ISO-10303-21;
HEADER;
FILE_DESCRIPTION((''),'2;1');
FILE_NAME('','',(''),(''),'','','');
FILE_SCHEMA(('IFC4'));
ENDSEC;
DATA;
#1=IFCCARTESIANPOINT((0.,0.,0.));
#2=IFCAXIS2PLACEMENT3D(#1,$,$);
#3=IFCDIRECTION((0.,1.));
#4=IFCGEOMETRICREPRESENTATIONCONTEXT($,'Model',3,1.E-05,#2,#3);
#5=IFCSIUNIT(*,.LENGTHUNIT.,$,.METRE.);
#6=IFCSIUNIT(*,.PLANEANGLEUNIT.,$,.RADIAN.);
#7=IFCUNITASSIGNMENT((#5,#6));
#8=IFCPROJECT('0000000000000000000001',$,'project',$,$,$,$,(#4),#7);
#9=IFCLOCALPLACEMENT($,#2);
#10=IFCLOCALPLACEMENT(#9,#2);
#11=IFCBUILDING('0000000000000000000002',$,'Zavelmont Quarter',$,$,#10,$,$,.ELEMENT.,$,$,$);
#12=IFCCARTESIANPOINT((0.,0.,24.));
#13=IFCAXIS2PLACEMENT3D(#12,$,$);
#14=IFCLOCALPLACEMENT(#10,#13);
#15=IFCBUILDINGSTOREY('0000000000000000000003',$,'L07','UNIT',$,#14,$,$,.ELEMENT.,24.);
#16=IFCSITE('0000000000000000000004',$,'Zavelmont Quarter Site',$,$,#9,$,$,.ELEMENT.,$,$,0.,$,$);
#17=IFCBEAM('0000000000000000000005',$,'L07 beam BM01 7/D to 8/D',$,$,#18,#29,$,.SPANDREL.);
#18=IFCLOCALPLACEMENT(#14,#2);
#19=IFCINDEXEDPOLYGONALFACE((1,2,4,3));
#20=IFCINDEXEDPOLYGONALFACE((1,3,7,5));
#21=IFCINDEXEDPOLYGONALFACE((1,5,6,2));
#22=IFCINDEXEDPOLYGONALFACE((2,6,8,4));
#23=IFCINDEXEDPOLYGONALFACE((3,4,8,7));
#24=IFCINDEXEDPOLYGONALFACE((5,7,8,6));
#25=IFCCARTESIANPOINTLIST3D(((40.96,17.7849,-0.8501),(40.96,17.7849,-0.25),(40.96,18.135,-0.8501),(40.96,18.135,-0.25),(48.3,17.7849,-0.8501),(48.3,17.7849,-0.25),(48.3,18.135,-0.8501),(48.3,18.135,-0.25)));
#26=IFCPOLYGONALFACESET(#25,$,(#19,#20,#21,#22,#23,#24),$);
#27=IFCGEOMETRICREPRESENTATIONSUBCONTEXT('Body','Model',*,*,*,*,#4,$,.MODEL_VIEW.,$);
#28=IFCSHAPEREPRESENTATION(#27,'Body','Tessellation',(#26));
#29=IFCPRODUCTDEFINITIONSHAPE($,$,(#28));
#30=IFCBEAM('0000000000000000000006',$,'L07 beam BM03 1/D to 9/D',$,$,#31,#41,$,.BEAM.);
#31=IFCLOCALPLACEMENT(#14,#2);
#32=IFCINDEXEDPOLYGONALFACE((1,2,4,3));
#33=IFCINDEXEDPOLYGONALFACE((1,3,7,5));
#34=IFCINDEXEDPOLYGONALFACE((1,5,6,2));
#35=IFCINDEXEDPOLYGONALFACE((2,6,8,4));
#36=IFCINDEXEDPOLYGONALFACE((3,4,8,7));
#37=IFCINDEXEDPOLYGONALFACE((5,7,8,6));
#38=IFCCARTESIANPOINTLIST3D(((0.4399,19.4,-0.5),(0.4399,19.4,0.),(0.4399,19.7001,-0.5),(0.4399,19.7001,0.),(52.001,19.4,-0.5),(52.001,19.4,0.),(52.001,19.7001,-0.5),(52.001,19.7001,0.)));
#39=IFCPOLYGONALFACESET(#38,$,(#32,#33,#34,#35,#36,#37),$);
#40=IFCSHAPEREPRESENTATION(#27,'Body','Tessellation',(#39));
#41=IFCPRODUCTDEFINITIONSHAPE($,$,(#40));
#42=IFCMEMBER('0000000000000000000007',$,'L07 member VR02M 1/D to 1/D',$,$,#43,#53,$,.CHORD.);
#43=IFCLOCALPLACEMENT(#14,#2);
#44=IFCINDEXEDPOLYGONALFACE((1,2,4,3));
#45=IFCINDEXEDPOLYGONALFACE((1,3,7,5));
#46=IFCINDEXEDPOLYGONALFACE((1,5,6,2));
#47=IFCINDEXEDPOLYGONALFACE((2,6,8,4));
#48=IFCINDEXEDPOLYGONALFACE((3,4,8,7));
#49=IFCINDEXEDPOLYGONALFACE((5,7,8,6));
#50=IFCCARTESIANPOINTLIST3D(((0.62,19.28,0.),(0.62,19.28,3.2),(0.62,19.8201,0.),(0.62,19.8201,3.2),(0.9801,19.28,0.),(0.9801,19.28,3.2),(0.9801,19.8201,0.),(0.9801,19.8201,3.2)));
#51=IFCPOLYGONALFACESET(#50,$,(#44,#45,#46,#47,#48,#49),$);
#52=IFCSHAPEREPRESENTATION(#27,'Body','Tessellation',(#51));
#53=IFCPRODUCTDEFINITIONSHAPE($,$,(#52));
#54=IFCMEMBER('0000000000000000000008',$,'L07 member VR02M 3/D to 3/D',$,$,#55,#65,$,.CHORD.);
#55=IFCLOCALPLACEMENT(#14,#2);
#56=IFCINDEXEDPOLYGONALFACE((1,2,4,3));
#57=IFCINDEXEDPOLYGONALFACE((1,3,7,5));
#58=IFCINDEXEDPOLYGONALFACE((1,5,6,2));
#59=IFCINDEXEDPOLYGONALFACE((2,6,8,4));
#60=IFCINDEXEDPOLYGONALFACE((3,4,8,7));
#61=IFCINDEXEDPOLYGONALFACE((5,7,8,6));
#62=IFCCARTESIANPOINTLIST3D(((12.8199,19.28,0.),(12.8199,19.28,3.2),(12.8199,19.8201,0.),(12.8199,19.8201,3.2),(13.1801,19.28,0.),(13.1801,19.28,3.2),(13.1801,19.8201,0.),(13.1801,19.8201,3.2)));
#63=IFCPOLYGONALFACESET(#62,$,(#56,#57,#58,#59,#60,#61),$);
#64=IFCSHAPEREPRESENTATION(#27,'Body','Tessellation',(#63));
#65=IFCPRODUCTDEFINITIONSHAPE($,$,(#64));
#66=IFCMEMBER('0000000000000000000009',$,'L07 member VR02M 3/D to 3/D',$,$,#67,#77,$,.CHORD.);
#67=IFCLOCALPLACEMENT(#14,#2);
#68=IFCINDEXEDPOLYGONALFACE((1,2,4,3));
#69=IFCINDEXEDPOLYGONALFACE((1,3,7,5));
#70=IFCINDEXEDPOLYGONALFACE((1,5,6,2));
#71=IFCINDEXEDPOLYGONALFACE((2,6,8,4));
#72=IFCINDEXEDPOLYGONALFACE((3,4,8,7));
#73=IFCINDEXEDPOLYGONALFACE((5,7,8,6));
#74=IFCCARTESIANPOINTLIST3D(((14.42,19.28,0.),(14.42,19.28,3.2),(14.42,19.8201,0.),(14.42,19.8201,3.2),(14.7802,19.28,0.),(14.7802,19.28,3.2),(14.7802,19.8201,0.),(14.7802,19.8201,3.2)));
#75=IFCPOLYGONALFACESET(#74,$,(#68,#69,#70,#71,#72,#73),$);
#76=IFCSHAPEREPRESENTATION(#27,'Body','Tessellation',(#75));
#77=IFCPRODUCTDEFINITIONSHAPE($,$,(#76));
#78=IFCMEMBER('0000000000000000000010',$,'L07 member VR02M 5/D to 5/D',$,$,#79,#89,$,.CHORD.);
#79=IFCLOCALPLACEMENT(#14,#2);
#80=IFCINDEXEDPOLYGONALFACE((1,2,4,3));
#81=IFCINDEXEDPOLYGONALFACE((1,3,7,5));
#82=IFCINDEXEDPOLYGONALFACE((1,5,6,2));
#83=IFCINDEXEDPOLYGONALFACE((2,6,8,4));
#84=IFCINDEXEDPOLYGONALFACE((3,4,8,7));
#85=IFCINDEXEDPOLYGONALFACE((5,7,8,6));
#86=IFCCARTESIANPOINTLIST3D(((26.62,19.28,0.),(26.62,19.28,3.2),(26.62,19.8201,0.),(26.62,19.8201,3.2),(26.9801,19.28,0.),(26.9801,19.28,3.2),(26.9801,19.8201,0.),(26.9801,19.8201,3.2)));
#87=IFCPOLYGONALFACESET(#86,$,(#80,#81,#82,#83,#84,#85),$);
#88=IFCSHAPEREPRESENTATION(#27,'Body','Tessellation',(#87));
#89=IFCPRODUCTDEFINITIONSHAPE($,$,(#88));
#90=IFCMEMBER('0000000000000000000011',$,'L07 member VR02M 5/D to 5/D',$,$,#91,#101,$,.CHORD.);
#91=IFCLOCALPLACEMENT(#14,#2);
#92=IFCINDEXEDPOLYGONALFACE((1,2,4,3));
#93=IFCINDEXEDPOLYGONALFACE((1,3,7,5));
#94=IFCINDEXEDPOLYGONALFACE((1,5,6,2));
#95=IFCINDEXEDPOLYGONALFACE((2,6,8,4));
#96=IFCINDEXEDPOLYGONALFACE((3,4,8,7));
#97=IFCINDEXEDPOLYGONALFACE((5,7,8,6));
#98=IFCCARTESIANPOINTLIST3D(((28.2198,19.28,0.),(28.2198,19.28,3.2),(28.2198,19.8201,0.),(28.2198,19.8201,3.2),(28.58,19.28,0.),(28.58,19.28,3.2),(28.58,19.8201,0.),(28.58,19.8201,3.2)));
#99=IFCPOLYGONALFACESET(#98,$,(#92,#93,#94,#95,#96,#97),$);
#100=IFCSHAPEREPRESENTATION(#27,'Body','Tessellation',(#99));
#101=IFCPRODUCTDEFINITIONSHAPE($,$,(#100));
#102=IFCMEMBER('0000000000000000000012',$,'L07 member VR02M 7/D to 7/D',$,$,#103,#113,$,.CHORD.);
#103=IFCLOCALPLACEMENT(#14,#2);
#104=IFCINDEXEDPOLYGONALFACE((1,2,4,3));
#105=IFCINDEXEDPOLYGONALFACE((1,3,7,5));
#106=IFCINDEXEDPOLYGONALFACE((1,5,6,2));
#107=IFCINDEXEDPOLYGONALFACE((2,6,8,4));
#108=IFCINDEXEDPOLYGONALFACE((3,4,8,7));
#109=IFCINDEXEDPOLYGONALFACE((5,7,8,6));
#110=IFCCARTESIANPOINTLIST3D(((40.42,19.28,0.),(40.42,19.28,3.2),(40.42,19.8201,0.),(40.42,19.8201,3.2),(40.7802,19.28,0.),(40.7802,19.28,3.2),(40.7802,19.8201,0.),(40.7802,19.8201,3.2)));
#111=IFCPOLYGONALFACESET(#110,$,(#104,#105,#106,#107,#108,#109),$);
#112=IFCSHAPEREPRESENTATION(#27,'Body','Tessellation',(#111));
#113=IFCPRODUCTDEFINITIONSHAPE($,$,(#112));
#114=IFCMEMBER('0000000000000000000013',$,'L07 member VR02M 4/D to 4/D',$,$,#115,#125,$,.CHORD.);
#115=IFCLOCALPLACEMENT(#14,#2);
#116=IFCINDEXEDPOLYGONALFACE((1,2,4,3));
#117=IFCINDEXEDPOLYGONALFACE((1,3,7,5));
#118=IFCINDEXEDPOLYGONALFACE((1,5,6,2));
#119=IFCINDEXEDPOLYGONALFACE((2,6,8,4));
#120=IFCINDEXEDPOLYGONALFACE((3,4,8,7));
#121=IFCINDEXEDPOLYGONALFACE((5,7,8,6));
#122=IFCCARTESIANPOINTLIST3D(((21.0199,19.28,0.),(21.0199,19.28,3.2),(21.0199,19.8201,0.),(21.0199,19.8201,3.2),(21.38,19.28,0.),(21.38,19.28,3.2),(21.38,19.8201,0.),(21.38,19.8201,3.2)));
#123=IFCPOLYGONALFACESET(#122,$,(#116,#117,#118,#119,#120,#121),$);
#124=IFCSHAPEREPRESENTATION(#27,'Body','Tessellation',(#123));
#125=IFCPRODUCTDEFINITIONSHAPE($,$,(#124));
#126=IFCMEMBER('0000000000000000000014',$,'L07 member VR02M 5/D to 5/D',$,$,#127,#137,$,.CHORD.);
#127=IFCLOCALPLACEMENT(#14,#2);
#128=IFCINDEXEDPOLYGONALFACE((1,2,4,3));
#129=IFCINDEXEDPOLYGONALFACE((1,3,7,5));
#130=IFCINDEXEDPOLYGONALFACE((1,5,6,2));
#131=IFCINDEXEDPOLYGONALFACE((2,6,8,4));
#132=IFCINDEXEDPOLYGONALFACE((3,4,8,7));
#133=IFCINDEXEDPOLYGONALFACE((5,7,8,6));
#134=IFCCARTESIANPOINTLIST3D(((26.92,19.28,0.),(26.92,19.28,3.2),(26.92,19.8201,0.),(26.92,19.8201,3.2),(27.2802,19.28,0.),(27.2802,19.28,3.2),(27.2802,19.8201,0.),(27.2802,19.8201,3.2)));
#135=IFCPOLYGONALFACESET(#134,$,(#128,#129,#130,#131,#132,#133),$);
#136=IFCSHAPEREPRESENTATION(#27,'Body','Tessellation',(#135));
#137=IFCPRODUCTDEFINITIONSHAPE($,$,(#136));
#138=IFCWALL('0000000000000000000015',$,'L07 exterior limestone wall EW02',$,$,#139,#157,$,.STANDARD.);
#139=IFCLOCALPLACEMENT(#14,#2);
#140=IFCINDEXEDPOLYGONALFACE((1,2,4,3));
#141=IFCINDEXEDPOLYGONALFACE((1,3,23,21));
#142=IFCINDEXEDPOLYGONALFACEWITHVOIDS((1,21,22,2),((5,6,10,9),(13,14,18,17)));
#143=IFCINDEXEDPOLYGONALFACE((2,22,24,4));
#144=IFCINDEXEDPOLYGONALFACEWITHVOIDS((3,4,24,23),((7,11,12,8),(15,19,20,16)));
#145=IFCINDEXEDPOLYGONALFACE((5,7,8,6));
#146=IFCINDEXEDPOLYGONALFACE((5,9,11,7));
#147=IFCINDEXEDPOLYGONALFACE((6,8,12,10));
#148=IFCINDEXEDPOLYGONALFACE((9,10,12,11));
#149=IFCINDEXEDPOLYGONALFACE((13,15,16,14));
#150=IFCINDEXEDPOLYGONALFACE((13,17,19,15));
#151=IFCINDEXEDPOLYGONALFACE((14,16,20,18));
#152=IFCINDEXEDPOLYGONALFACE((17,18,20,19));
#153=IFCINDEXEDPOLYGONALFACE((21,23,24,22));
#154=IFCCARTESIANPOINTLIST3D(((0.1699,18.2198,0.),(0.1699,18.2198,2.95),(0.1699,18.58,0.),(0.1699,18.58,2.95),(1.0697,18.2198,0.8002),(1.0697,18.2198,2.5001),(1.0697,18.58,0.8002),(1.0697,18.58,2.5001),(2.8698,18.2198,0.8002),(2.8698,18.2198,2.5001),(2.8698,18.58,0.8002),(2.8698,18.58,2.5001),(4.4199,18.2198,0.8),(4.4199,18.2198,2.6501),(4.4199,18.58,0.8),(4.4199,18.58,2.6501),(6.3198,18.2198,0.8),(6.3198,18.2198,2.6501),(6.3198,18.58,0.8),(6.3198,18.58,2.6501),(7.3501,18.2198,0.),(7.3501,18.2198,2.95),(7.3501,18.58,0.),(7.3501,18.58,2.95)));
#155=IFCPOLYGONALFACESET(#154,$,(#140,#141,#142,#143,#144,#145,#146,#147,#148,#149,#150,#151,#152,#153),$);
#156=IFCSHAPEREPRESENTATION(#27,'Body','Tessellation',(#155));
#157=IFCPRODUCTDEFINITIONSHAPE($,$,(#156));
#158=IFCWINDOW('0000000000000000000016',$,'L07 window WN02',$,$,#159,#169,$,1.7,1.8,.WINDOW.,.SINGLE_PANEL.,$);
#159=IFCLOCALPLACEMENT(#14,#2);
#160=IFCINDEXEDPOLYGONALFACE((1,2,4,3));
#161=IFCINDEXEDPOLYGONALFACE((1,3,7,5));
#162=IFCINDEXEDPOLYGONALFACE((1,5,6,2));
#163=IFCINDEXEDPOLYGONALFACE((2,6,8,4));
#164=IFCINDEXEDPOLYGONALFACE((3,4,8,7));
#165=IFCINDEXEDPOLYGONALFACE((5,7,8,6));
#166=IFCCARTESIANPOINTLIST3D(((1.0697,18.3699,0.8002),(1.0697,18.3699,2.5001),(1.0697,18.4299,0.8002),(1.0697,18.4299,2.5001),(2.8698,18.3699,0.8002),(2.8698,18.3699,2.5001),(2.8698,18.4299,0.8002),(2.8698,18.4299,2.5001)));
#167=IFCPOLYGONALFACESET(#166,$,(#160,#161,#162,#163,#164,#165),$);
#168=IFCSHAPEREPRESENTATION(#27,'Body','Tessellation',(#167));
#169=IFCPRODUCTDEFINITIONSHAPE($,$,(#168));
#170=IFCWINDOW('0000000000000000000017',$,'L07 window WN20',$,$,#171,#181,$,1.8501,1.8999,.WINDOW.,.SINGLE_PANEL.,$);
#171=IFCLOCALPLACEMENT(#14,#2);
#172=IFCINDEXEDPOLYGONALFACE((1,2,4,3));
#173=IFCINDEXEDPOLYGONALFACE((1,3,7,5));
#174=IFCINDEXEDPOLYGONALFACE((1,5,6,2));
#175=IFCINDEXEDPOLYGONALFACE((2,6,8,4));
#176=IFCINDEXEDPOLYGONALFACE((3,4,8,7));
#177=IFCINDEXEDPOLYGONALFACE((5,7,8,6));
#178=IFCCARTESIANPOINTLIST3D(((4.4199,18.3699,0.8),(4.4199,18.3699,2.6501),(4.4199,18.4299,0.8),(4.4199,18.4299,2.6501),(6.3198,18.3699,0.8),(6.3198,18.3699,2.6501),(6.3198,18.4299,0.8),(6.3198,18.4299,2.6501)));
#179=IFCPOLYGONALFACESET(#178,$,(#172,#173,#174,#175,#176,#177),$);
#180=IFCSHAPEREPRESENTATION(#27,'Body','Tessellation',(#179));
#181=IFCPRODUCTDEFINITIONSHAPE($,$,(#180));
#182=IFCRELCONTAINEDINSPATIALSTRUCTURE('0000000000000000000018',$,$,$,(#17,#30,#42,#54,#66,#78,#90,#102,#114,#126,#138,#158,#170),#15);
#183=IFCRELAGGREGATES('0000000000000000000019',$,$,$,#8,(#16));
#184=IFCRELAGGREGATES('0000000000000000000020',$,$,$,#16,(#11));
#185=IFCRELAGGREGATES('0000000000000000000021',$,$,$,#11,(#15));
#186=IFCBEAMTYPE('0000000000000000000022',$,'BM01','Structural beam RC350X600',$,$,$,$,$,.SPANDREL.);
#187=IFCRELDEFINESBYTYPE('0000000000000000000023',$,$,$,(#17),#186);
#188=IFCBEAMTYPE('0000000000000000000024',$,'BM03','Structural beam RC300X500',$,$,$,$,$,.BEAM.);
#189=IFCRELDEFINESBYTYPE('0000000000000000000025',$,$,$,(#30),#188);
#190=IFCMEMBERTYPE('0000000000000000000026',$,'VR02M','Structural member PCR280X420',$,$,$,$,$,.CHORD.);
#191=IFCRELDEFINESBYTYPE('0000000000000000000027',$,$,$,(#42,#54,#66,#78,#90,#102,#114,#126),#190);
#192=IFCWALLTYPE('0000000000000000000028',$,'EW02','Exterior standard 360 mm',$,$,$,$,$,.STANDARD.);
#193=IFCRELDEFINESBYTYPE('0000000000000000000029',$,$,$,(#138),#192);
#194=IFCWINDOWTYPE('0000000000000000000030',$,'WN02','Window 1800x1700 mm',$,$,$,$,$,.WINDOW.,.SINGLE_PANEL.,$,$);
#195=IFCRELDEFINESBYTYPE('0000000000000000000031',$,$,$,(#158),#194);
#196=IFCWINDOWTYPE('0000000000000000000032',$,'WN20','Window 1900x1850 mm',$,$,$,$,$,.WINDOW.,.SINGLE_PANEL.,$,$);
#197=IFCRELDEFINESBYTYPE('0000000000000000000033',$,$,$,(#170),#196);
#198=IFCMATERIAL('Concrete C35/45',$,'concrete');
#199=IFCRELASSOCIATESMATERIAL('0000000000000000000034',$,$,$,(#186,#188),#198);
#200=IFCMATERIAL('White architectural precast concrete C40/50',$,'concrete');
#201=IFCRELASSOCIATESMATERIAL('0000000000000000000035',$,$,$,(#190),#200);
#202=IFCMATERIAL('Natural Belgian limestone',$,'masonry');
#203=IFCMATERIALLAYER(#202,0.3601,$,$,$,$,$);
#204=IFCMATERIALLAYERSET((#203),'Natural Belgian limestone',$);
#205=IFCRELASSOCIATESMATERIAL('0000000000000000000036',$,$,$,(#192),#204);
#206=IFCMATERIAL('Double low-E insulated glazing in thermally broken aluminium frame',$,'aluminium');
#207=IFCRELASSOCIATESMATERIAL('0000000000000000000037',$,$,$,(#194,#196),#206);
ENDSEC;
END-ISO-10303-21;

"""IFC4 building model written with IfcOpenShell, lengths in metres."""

from ifc_helpers import new_model, si_unit, direction, frame, frame_2d, origin, origin_with_axes, origin_2d, place, context, subcontext, project, spatial, rectangle, extrude, material, layer, layer_set, material_profile, profile_set, type_object, element, fill, save


model = new_model("IFC4")

# Units and contexts
model_context = context("Model", 3, precision=1e-05, world=origin(), true_north=direction((0.0, 1.0)))
body_context = subcontext(model_context, "Body", "Model", "MODEL_VIEW")
ifc_project = project(units=[si_unit("LENGTHUNIT", "METRE"), si_unit("PLANEANGLEUNIT", "RADIAN")], contexts=[model_context])

# Site, building, storey
site_placement = place(None, origin())
site = spatial("IfcSite", under=ifc_project, at=site_placement, Name="Zavelmont Quarter Site", CompositionType="ELEMENT", RefElevation=0.0)
building_placement = place(site_placement, origin())
building = spatial("IfcBuilding", under=site, at=building_placement, Name="Zavelmont Quarter", CompositionType="ELEMENT")
storey_placement = place(building_placement, frame((0.0, 0.0, 24.0)))
storey = spatial("IfcBuildingStorey", under=building, at=storey_placement, Name="L07", Description="UNIT", CompositionType="ELEMENT", Elevation=24.0)

# Beams
ifc_material_1 = material(Name="Concrete C35/45", Category="concrete")
ifc_material_profile_1 = material_profile(ifc_material_1, rectangle(XDim=0.3501, YDim=0.6001, at=origin_2d()), Name="RC350X600")
ifc_profile_set_1 = profile_set([ifc_material_profile_1], Name="Concrete C35/45")
beam_type_1 = type_object("IfcBeamType", Name="BM01", Description="Structural beam RC350X600", PredefinedType="SPANDREL", material=ifc_profile_set_1)
beam_1_placement = place(storey_placement, frame((40.96, 17.96, -0.55), z_axis=(1.0, 0.0, 0.0), x_axis=(0.0, 1.0, 0.0)))
element("IfcBeam", 1, at=beam_1_placement, inside=storey, type_object=beam_type_1, Name="L07 beam BM01 7/D to 8/D", PredefinedType="SPANDREL", context=body_context, shape_type="SweptSolid", body=[
    extrude(rectangle(XDim=0.3501, YDim=0.6001, at=origin_2d()), origin(), (0.0, 0.0, 1.0), 7.3401),
])
ifc_material_profile_2 = material_profile(ifc_material_1, rectangle(XDim=0.3, YDim=0.5, at=origin_2d()), Name="RC300X500")
ifc_profile_set_2 = profile_set([ifc_material_profile_2], Name="Concrete C35/45")
beam_type_2 = type_object("IfcBeamType", Name="BM03", Description="Structural beam RC300X500", PredefinedType="BEAM", material=ifc_profile_set_2)
beam_2_placement = place(storey_placement, frame((0.4399, 19.55, -0.25), z_axis=(1.0, 0.0, 0.0), x_axis=(0.0, 1.0, 0.0)))
element("IfcBeam", 2, at=beam_2_placement, inside=storey, type_object=beam_type_2, Name="L07 beam BM03 1/D to 9/D", PredefinedType="BEAM", context=body_context, shape_type="SweptSolid", body=[
    extrude(rectangle(XDim=0.3, YDim=0.5, at=origin_2d()), origin(), (0.0, 0.0, 1.0), 51.561),
])

# Members
ifc_material_2 = material(Name="White architectural precast concrete C40/50", Category="concrete")
ifc_material_profile_3 = material_profile(ifc_material_2, rectangle(XDim=0.3601, YDim=0.54, at=origin_2d()), Name="PCR280X420")
ifc_profile_set_3 = profile_set([ifc_material_profile_3], Name="White architectural precast concrete C40/50")
member_type = type_object("IfcMemberType", Name="VR02M", Description="Structural member PCR280X420", PredefinedType="CHORD", material=ifc_profile_set_3)
for number, where, z_axis, x_axis, name in (
    (3, (0.8, 19.55, 0.0), (0.0, 0.0, 1.0), (1.0, 0.0, 0.0), "L07 member VR02M 1/D to 1/D"),
    (4, (13.0, 19.55, 0.0), (0.0, 0.0, 1.0), (1.0, 0.0, 0.0), "L07 member VR02M 3/D to 3/D"),
    (5, (14.6001, 19.55, 0.0), (0.0, 0.0, 1.0), (1.0, 0.0, 0.0), "L07 member VR02M 3/D to 3/D"),
    (6, (26.8, 19.55, 0.0), (0.0, 0.0, 1.0), (1.0, 0.0, 0.0), "L07 member VR02M 5/D to 5/D"),
    (7, (28.3999, 19.55, 0.0), (0.0, 0.0, 1.0), (1.0, 0.0, 0.0), "L07 member VR02M 5/D to 5/D"),
    (8, (40.6001, 19.55, 0.0), (0.0, 0.0, 1.0), (1.0, 0.0, 0.0), "L07 member VR02M 7/D to 7/D"),
    (9, (21.2, 19.55, 0.0), (0.0, 0.0, 1.0), (1.0, 0.0, 0.0), "L07 member VR02M 4/D to 4/D"),
    (10, (27.1001, 19.55, 0.0), (0.0, 0.0, 1.0), (1.0, 0.0, 0.0), "L07 member VR02M 5/D to 5/D"),
):
    element("IfcMember", number, at=place(storey_placement, frame(where, z_axis=z_axis, x_axis=x_axis)), inside=storey, type_object=member_type, Name=name, PredefinedType="CHORD", context=body_context, shape_type="SweptSolid", body=[
        extrude(rectangle(XDim=0.3601, YDim=0.54, at=origin_2d()), origin(), (0.0, 0.0, 1.0), 3.2),
    ])

# Wall, openings, windows
ifc_material_3 = material(Name="Natural Belgian limestone", Category="masonry")
ifc_layer_1 = layer(ifc_material_3, 0.3601)
ifc_layer_set_1 = layer_set([ifc_layer_1], Name="Natural Belgian limestone")
wall_type_1 = type_object("IfcWallType", Name="EW02", Description="Exterior standard 360 mm", PredefinedType="STANDARD", material=ifc_layer_set_1)
wall_1_placement = place(storey_placement, frame((0.1699, 18.3999, 0.0), z_axis=(0.0, 0.0, 1.0), x_axis=(1.0, 0.0, 0.0)))
wall_1 = element("IfcWall", 11, at=wall_1_placement, inside=storey, type_object=wall_type_1, Name="L07 exterior limestone wall EW02", PredefinedType="STANDARD", context=body_context, shape_type="SweptSolid", body=[
    extrude(rectangle(XDim=7.1802, YDim=0.3601, at=frame_2d((3.5901, 0.0))), origin(), (0.0, 0.0, 1.0), 2.95),
])
opening_1_placement = place(wall_1_placement, frame((0.8999, 0.0, 0.8)))
opening_1 = element("IfcOpeningElement", 12, at=opening_1_placement, cuts=wall_1, PredefinedType="OPENING", context=body_context, shape_type="SweptSolid", body=[
    extrude(rectangle(XDim=1.8, YDim=1.7, at=frame_2d((0.8999, 0.8501))), frame((0.0, 0.1919, 0.0), z_axis=(0.0, -1.0, 0.0), x_axis=(1.0, 0.0, 0.0)), (0.0, 0.0, 1.0), 0.384),
])
opening_2_placement = place(wall_1_placement, frame((4.25, 0.0, 0.8)))
opening_2 = element("IfcOpeningElement", 13, at=opening_2_placement, cuts=wall_1, PredefinedType="OPENING", context=body_context, shape_type="SweptSolid", body=[
    extrude(rectangle(XDim=1.8999, YDim=1.8501, at=frame_2d((0.95, 0.925))), frame((0.0, 0.1919, 0.0), z_axis=(0.0, -1.0, 0.0), x_axis=(1.0, 0.0, 0.0)), (0.0, 0.0, 1.0), 0.384),
])
ifc_material_4 = material(Name="Double low-E insulated glazing in thermally broken aluminium frame", Category="aluminium")
window_type_1 = type_object("IfcWindowType", Name="WN02", Description="Window 1800x1700 mm", PartitioningType="SINGLE_PANEL", PredefinedType="WINDOW", material=ifc_material_4)
window_1_placement = place(opening_1_placement, origin_with_axes())
window_1 = element("IfcWindow", 14, at=window_1_placement, inside=storey, type_object=window_type_1, Name="L07 window WN02", OverallHeight=1.7, OverallWidth=1.8, PartitioningType="SINGLE_PANEL", PredefinedType="WINDOW", context=body_context, shape_type="SweptSolid", body=[
    extrude(rectangle(XDim=1.8, YDim=1.7, at=frame_2d((0.8999, 0.8501))), frame((0.0, 0.03, 0.0), z_axis=(0.0, -1.0, 0.0), x_axis=(1.0, 0.0, 0.0)), (0.0, 0.0, 1.0), 0.0601),
])
fill(opening_1, window_1)
window_type_2 = type_object("IfcWindowType", Name="WN20", Description="Window 1900x1850 mm", PartitioningType="SINGLE_PANEL", PredefinedType="WINDOW", material=ifc_material_4)
window_2_placement = place(opening_2_placement, origin_with_axes())
window_2 = element("IfcWindow", 15, at=window_2_placement, inside=storey, type_object=window_type_2, Name="L07 window WN20", OverallHeight=1.8501, OverallWidth=1.8999, PartitioningType="SINGLE_PANEL", PredefinedType="WINDOW", context=body_context, shape_type="SweptSolid", body=[
    extrude(rectangle(XDim=1.8999, YDim=1.8501, at=frame_2d((0.95, 0.925))), frame((0.0, 0.03, 0.0), z_axis=(0.0, -1.0, 0.0), x_axis=(1.0, 0.0, 0.0)), (0.0, 0.0, 1.0), 0.0601),
])
fill(opening_2, window_2)

save(model, "model.ifc")
